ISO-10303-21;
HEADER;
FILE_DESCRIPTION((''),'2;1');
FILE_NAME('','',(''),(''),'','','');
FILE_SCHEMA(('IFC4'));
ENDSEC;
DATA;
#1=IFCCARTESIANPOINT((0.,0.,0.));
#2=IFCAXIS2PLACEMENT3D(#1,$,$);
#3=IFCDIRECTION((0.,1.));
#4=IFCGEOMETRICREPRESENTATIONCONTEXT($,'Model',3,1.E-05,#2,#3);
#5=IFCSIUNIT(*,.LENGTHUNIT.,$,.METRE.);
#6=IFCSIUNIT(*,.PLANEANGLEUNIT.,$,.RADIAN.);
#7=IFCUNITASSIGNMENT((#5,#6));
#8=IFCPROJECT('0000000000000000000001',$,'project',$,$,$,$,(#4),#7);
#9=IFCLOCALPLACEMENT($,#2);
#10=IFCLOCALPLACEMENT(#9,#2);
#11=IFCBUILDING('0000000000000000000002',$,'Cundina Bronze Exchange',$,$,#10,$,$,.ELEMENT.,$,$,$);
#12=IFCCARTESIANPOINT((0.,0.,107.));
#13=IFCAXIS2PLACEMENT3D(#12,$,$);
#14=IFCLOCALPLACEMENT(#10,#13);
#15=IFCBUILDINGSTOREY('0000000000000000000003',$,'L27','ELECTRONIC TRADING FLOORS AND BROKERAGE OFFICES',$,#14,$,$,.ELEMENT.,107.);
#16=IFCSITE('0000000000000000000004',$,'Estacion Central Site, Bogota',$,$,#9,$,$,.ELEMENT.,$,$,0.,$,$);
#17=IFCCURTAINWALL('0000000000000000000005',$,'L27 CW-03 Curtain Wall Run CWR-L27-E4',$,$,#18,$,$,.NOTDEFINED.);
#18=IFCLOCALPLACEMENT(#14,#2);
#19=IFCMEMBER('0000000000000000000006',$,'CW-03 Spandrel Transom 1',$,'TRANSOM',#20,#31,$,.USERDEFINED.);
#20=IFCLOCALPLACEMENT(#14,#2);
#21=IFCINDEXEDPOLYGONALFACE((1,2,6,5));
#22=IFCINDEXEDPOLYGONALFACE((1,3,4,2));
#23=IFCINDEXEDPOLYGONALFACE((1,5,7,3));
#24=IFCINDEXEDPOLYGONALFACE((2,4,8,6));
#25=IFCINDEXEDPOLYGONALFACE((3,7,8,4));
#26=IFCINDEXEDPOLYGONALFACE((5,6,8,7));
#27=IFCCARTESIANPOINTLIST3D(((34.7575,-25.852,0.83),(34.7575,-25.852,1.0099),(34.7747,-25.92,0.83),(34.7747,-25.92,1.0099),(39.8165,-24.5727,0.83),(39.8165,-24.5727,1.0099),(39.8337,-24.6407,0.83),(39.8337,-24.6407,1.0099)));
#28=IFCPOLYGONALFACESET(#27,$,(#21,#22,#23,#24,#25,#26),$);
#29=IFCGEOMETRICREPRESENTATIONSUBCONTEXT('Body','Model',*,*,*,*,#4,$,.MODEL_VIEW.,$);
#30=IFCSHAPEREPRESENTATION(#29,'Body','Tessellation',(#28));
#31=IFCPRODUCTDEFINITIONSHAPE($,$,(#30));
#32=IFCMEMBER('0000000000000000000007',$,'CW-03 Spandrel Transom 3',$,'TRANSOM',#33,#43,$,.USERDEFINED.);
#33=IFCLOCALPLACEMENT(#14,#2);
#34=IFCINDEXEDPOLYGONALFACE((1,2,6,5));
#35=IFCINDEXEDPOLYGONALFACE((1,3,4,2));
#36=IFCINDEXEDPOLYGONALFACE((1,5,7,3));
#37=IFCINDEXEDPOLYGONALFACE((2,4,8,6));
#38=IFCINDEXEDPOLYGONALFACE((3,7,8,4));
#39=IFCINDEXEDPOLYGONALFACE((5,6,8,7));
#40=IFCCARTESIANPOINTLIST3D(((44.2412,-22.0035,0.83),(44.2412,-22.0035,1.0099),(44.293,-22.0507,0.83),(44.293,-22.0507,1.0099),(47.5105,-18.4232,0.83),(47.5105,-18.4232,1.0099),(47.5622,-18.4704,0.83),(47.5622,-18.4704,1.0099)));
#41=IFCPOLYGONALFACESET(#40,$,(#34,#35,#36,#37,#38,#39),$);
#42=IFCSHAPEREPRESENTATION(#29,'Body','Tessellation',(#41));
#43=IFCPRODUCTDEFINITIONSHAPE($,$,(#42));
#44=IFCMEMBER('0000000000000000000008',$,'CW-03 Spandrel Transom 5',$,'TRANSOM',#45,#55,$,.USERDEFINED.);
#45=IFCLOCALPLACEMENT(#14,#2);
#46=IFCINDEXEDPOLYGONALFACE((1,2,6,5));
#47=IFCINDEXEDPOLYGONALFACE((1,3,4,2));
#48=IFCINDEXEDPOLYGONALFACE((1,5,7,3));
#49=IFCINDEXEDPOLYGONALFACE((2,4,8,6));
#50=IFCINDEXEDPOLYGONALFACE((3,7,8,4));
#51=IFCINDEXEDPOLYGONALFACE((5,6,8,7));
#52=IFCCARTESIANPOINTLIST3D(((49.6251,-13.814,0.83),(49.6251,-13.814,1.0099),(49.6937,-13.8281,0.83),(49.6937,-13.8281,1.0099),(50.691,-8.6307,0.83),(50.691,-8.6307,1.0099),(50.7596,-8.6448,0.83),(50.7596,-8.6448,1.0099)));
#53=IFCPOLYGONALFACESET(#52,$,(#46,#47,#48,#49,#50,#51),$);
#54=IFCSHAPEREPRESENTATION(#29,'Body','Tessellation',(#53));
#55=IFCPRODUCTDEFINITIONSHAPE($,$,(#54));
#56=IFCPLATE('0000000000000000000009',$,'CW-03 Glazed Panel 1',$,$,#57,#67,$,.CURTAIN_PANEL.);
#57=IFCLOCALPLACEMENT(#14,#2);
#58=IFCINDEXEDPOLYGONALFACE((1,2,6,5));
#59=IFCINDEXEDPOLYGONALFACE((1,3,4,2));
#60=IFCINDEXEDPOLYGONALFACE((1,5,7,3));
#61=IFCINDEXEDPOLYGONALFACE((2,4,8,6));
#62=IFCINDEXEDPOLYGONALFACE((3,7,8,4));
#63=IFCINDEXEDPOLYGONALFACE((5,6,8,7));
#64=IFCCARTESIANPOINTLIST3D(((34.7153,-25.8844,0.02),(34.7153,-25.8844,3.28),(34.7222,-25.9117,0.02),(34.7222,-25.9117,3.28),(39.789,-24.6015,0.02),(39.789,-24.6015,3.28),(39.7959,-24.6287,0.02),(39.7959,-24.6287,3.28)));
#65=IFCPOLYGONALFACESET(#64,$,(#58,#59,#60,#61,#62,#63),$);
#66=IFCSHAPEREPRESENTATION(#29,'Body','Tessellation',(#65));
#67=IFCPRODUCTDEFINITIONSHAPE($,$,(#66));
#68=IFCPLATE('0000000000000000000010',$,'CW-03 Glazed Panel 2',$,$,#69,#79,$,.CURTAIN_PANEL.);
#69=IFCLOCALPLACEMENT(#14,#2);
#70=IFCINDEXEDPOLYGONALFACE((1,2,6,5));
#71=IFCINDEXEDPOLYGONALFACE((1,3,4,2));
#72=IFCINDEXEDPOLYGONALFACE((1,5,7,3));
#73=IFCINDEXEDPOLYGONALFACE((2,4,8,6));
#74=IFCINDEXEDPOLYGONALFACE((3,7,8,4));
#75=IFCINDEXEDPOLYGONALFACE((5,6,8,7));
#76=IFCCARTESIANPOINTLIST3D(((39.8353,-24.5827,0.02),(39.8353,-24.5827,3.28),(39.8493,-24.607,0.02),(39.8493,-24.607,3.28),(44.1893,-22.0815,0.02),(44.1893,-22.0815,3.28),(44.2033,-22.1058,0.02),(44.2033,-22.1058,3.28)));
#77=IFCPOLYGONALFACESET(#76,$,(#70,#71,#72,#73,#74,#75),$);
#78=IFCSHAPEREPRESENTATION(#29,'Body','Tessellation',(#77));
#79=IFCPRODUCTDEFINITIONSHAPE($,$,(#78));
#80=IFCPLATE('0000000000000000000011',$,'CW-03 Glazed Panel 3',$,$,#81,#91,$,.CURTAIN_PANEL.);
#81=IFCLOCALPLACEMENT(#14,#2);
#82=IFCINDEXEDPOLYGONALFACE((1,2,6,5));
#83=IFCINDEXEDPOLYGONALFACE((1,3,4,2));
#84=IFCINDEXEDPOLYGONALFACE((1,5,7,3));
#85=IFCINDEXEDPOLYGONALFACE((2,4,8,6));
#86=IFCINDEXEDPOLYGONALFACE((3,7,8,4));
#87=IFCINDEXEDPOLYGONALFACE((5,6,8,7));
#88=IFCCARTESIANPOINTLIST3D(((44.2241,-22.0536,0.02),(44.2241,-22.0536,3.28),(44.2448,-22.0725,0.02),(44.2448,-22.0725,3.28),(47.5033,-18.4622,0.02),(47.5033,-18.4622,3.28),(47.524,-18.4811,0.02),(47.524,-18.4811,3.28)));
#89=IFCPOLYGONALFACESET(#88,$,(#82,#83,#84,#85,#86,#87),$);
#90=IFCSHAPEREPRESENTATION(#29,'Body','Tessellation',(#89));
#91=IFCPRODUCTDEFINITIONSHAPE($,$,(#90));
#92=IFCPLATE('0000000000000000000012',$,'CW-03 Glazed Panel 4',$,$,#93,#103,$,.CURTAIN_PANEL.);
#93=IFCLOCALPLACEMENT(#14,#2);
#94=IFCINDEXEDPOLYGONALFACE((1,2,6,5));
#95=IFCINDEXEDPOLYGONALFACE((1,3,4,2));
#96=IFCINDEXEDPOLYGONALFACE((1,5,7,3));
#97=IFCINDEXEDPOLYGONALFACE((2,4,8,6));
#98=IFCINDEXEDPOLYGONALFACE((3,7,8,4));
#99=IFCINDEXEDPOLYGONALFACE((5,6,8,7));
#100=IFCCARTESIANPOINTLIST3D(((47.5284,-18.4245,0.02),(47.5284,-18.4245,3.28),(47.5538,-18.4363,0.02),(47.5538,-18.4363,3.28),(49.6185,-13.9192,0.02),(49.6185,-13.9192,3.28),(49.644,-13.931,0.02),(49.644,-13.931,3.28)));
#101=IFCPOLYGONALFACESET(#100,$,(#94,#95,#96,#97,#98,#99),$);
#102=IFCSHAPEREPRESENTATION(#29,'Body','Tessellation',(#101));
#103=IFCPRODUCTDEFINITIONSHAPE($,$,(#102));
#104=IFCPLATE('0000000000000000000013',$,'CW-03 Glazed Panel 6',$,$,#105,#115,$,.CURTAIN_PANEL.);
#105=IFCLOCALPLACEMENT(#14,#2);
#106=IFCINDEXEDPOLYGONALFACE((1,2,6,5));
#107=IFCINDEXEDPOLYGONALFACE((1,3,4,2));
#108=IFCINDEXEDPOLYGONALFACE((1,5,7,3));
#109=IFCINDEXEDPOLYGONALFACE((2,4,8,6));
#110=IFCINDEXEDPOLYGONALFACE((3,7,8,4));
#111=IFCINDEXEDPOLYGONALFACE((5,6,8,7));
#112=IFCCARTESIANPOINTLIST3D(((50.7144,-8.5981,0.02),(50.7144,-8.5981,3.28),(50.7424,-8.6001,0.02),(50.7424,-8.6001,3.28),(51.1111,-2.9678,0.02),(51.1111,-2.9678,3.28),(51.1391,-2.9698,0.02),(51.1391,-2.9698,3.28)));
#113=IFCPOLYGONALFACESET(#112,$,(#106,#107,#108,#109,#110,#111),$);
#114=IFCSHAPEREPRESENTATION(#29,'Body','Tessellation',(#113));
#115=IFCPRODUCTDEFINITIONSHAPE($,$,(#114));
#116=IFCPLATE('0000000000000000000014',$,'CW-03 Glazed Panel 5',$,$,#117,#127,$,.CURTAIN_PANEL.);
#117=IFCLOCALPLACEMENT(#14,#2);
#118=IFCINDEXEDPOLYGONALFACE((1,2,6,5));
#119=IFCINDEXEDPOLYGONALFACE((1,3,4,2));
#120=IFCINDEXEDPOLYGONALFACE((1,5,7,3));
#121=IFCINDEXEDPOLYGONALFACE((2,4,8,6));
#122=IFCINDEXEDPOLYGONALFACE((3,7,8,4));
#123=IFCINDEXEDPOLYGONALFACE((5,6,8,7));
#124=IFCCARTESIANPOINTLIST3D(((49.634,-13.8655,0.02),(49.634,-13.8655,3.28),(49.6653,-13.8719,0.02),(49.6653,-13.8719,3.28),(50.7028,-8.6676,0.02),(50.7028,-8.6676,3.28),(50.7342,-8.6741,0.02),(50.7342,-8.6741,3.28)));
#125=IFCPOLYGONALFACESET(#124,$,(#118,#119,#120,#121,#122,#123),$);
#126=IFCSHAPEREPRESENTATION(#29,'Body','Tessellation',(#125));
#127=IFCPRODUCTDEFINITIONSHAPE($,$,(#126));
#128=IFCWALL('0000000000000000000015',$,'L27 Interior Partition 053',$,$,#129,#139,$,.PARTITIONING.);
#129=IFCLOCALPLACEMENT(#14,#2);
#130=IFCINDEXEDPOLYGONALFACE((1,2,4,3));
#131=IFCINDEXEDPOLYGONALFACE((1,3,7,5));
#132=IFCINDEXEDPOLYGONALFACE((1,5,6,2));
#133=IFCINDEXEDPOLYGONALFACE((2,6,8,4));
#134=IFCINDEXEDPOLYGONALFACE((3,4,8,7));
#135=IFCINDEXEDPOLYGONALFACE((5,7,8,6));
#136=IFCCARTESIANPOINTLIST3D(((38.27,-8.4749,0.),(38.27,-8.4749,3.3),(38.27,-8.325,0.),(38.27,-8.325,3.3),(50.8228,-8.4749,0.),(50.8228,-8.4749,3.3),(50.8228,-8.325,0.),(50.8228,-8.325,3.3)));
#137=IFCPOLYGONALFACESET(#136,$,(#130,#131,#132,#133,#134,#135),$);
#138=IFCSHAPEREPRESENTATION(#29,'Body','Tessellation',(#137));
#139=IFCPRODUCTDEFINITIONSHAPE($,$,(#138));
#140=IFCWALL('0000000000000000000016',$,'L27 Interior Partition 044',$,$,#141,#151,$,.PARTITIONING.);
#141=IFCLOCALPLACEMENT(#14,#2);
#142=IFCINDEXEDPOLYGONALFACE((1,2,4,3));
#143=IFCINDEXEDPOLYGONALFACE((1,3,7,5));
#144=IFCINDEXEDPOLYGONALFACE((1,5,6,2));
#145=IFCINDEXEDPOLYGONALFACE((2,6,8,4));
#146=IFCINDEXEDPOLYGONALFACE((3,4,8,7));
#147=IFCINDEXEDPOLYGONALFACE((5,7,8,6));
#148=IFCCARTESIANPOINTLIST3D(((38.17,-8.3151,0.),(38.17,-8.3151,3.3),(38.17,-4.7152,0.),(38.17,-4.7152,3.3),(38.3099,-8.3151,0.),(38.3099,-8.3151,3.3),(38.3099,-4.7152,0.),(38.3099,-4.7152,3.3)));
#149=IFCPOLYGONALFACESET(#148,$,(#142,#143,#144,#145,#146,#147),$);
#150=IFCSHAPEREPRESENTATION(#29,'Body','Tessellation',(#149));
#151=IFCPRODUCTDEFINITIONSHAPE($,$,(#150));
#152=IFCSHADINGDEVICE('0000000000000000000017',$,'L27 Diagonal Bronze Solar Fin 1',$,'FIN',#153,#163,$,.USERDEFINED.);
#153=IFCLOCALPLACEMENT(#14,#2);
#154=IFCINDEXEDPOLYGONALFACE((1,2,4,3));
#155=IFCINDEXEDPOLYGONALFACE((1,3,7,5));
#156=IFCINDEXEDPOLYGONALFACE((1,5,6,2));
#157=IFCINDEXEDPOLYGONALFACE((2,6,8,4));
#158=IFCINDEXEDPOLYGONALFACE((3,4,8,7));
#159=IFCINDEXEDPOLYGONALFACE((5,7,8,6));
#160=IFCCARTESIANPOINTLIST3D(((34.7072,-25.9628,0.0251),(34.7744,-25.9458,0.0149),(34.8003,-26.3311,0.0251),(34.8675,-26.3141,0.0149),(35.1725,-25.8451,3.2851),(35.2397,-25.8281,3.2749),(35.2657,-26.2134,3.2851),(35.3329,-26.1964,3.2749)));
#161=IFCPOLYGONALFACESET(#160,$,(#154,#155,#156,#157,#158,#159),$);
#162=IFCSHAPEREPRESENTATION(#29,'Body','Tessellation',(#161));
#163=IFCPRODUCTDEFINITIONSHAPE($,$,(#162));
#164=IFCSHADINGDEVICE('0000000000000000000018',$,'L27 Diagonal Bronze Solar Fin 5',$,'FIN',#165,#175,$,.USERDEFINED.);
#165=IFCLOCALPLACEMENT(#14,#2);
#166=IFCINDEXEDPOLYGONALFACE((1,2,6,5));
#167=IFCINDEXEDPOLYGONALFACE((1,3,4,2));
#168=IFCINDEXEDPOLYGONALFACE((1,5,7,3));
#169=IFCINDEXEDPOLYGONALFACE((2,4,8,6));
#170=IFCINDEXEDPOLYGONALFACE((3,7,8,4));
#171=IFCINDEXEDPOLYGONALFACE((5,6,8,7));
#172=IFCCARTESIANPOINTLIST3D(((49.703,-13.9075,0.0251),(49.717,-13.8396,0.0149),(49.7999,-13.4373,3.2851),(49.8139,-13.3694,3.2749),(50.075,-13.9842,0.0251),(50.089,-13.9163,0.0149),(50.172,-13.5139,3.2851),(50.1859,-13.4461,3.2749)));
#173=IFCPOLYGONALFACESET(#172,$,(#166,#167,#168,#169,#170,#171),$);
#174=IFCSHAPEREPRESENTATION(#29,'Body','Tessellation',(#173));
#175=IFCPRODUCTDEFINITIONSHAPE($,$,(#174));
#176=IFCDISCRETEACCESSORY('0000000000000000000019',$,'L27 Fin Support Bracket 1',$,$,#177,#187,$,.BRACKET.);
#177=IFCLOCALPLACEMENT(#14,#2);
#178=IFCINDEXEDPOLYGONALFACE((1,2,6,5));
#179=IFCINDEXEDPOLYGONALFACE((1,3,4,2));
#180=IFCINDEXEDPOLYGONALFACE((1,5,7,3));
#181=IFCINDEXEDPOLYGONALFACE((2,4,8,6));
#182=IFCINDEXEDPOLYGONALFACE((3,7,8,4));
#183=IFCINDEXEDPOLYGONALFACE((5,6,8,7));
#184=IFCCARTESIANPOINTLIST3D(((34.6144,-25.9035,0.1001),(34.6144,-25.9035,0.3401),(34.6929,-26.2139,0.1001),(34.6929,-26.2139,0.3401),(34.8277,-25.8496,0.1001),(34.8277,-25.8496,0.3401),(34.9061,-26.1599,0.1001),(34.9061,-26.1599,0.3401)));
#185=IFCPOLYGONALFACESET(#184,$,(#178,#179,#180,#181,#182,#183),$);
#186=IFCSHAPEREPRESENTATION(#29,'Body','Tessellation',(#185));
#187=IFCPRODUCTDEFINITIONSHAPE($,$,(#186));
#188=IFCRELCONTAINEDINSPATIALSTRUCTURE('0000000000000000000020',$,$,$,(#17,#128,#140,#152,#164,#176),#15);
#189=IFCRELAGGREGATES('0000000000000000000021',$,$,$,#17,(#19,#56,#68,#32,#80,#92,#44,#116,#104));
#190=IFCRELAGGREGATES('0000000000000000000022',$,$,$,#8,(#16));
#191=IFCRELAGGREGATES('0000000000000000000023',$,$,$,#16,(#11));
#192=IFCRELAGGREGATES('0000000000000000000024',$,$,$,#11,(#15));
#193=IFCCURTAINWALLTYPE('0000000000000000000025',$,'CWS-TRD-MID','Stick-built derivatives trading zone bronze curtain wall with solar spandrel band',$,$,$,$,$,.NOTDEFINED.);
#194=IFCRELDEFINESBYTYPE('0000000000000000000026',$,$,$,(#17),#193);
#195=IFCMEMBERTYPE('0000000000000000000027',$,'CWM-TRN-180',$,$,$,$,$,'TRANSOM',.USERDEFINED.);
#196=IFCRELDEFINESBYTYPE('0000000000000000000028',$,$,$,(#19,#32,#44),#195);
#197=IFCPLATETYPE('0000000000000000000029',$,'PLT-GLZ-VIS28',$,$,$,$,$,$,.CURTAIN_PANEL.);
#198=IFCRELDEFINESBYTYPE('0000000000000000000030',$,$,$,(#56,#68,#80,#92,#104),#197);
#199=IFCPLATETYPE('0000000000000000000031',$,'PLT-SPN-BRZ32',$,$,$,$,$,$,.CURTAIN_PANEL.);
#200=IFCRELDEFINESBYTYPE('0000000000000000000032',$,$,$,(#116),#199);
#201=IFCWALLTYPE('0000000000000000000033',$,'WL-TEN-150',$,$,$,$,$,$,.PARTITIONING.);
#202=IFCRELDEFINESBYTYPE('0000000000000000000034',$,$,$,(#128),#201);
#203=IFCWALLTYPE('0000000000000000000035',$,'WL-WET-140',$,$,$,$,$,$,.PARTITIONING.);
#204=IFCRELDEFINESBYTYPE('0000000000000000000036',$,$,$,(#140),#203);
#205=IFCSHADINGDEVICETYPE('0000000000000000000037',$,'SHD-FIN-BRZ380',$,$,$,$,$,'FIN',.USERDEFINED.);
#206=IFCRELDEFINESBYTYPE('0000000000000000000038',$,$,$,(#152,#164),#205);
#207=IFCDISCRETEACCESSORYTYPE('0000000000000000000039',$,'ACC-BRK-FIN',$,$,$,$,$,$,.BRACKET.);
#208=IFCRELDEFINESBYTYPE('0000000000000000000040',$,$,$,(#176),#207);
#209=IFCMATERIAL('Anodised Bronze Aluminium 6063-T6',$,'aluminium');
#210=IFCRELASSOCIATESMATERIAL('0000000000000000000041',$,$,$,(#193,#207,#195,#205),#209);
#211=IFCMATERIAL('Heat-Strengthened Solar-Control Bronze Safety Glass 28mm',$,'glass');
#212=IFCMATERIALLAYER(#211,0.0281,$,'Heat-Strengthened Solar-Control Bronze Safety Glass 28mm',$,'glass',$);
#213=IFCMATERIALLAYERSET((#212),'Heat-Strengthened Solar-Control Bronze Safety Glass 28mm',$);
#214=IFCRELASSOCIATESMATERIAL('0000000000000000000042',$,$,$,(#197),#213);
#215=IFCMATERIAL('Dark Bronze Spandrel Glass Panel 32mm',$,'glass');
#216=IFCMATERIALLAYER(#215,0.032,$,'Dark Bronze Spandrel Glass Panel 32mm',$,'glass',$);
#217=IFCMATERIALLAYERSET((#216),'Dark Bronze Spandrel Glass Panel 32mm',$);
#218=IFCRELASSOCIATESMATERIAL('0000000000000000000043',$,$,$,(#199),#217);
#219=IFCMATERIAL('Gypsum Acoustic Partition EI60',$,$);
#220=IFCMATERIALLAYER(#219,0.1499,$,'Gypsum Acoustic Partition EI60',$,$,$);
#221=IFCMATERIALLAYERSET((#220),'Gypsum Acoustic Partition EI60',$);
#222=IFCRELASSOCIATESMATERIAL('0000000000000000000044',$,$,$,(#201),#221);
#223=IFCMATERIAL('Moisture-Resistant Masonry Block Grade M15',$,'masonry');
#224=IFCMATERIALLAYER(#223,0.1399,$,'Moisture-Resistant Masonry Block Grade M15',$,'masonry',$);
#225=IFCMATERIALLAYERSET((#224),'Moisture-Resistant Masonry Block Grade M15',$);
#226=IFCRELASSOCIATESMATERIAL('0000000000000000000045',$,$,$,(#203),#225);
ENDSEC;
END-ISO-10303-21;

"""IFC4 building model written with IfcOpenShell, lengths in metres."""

from ifc_helpers import new_model, si_unit, direction, frame, frame_2d, origin, origin_2d, place, context, subcontext, project, spatial, rectangle, extrude, material, layer, layer_set, material_profile, profile_set, type_object, element, aggregate, save


model = new_model("IFC4")

# Units and contexts
model_context = context("Model", 3, precision=1e-05, world=origin(), true_north=direction((0.0, 1.0)))
body_context = subcontext(model_context, "Body", "Model", "MODEL_VIEW")
ifc_project = project(units=[si_unit("LENGTHUNIT", "METRE"), si_unit("PLANEANGLEUNIT", "RADIAN")], contexts=[model_context])

# Site, building, storey
site_placement = place(None, origin())
site = spatial("IfcSite", under=ifc_project, at=site_placement, Name="Estacion Central Site, Bogota", CompositionType="ELEMENT", RefElevation=0.0)
building_placement = place(site_placement, origin())
building = spatial("IfcBuilding", under=site, at=building_placement, Name="Cundina Bronze Exchange", CompositionType="ELEMENT")
storey_placement = place(building_placement, frame((0.0, 0.0, 107.0)))
storey = spatial("IfcBuildingStorey", under=building, at=storey_placement, Name="L27", Description="ELECTRONIC TRADING FLOORS AND BROKERAGE OFFICES", CompositionType="ELEMENT", Elevation=107.0)

# Shared definitions
ifc_material_1 = material(Name="Anodised Bronze Aluminium 6063-T6", Category="aluminium")
curtain_wall_type = type_object("IfcCurtainWallType", Name="CWS-TRD-MID", Description="Stick-built derivatives trading zone bronze curtain wall with solar spandrel band", PredefinedType="NOTDEFINED", material=ifc_material_1)

# Curtain wall, members, plates
curtain_wall_1_placement = place(storey_placement, origin())
curtain_wall_1 = element("IfcCurtainWall", 1, at=curtain_wall_1_placement, inside=storey, type_object=curtain_wall_type, Name="L27 CW-03 Curtain Wall Run CWR-L27-E4", PredefinedType="NOTDEFINED")
ifc_material_profile_1 = material_profile(ifc_material_1, rectangle(XDim=0.0701, YDim=0.1799, at=origin_2d()), Name="AL70X180", Category="aluminium")
ifc_profile_set_1 = profile_set([ifc_material_profile_1], Name="Anodised Bronze Aluminium 6063-T6")
member_type_1 = type_object("IfcMemberType", Name="CWM-TRN-180", ElementType="TRANSOM", PredefinedType="USERDEFINED", material=ifc_profile_set_1)
member_1_placement = place(storey_placement, frame((34.7661, -25.886, 0.9199), z_axis=(0.969484, 0.245155, 0.0), x_axis=(-0.245155, 0.969484, 0.0)))
member_1 = element("IfcMember", 2, at=member_1_placement, type_object=member_type_1, Name="CW-03 Spandrel Transom 1", ObjectType="TRANSOM", PredefinedType="USERDEFINED", context=body_context, shape_type="SweptSolid", body=[
    extrude(rectangle(XDim=0.0701, YDim=0.1799, at=origin_2d()), origin(), (0.0, 0.0, 1.0), 5.2183),
])
member_2_placement = place(storey_placement, frame((44.2671, -22.0271, 0.9199), z_axis=(0.674303, 0.738455, 0.0), x_axis=(-0.738455, 0.674303, 0.0)))
member_2 = element("IfcMember", 3, at=member_2_placement, type_object=member_type_1, Name="CW-03 Spandrel Transom 3", ObjectType="TRANSOM", PredefinedType="USERDEFINED", context=body_context, shape_type="SweptSolid", body=[
    extrude(rectangle(XDim=0.0701, YDim=0.1799, at=origin_2d()), origin(), (0.0, 0.0, 1.0), 4.8484),
])
member_3_placement = place(storey_placement, frame((49.6594, -13.821, 0.9199), z_axis=(0.201428, 0.979503, 0.0), x_axis=(-0.979503, 0.201428, 0.0)))
member_3 = element("IfcMember", 4, at=member_3_placement, type_object=member_type_1, Name="CW-03 Spandrel Transom 5", ObjectType="TRANSOM", PredefinedType="USERDEFINED", context=body_context, shape_type="SweptSolid", body=[
    extrude(rectangle(XDim=0.0701, YDim=0.1799, at=origin_2d()), origin(), (0.0, 0.0, 1.0), 5.2917),
])
ifc_material_2 = material(Name="Heat-Strengthened Solar-Control Bronze Safety Glass 28mm", Category="glass")
ifc_layer_1 = layer(ifc_material_2, 0.0281, Name="Heat-Strengthened Solar-Control Bronze Safety Glass 28mm", Category="glass")
ifc_layer_set_1 = layer_set([ifc_layer_1], Name="Heat-Strengthened Solar-Control Bronze Safety Glass 28mm")
plate_type_1 = type_object("IfcPlateType", Name="PLT-GLZ-VIS28", PredefinedType="CURTAIN_PANEL", material=ifc_layer_set_1)
plate_1_placement = place(storey_placement, frame((37.2556, -25.2566, 0.02), z_axis=(0.0, 0.0, 1.0), x_axis=(0.969488, 0.245138, 0.0)))
plate_1 = element("IfcPlate", 5, at=plate_1_placement, type_object=plate_type_1, Name="CW-03 Glazed Panel 1", PredefinedType="CURTAIN_PANEL", context=body_context, shape_type="SweptSolid", body=[
    extrude(rectangle(XDim=5.2334, YDim=0.0281, at=origin_2d()), origin(), (0.0, 0.0, 1.0), 3.26),
])
plate_2_placement = place(storey_placement, frame((42.0193, -23.3442, 0.02), z_axis=(0.0, 0.0, 1.0), x_axis=(0.867105, 0.498125, 0.0)))
plate_2 = element("IfcPlate", 6, at=plate_2_placement, type_object=plate_type_1, Name="CW-03 Glazed Panel 2", PredefinedType="CURTAIN_PANEL", context=body_context, shape_type="SweptSolid", body=[
    extrude(rectangle(XDim=5.0212, YDim=0.0281, at=origin_2d()), origin(), (0.0, 0.0, 1.0), 3.26),
])
plate_3_placement = place(storey_placement, frame((45.874, -20.2673, 0.02), z_axis=(0.0, 0.0, 1.0), x_axis=(0.674277, 0.738479, 0.0)))
plate_3 = element("IfcPlate", 7, at=plate_3_placement, type_object=plate_type_1, Name="CW-03 Glazed Panel 3", PredefinedType="CURTAIN_PANEL", context=body_context, shape_type="SweptSolid", body=[
    extrude(rectangle(XDim=4.8633, YDim=0.0281, at=origin_2d()), origin(), (0.0, 0.0, 1.0), 3.26),
])
plate_4_placement = place(storey_placement, frame((48.5862, -16.1777, 0.02), z_axis=(0.0, 0.0, 1.0), x_axis=(0.420846, 0.907132, 0.0)))
plate_4 = element("IfcPlate", 8, at=plate_4_placement, type_object=plate_type_1, Name="CW-03 Glazed Panel 4", PredefinedType="CURTAIN_PANEL", context=body_context, shape_type="SweptSolid", body=[
    extrude(rectangle(XDim=4.9666, YDim=0.0281, at=origin_2d()), origin(), (0.0, 0.0, 1.0), 3.26),
])
plate_5_placement = place(storey_placement, frame((50.9268, -5.7839, 0.02), z_axis=(0.0, 0.0, 1.0), x_axis=(0.070279, 0.997527, 0.0)))
plate_5 = element("IfcPlate", 9, at=plate_5_placement, type_object=plate_type_1, Name="CW-03 Glazed Panel 6", PredefinedType="CURTAIN_PANEL", context=body_context, shape_type="SweptSolid", body=[
    extrude(rectangle(XDim=5.6443, YDim=0.0281, at=origin_2d()), origin(), (0.0, 0.0, 1.0), 3.26),
])
ifc_material_3 = material(Name="Dark Bronze Spandrel Glass Panel 32mm", Category="glass")
ifc_layer_2 = layer(ifc_material_3, 0.032, Name="Dark Bronze Spandrel Glass Panel 32mm", Category="glass")
ifc_layer_set_2 = layer_set([ifc_layer_2], Name="Dark Bronze Spandrel Glass Panel 32mm")
plate_type_2 = type_object("IfcPlateType", Name="PLT-SPN-BRZ32", PredefinedType="CURTAIN_PANEL", material=ifc_layer_set_2)
plate_6_placement = place(storey_placement, frame((50.1841, -11.2698, 0.02), z_axis=(0.0, 0.0, 1.0), x_axis=(0.20142, 0.979505, 0.0)))
plate_6 = element("IfcPlate", 10, at=plate_6_placement, type_object=plate_type_2, Name="CW-03 Glazed Panel 5", PredefinedType="CURTAIN_PANEL", context=body_context, shape_type="SweptSolid", body=[
    extrude(rectangle(XDim=5.3066, YDim=0.032, at=origin_2d()), origin(), (0.0, 0.0, 1.0), 3.26),
])
aggregate(curtain_wall_1, [member_1, plate_1, plate_2, member_2, plate_3, plate_4, member_3, plate_6, plate_5])

# Walls
ifc_material_4 = material(Name="Gypsum Acoustic Partition EI60")
ifc_layer_3 = layer(ifc_material_4, 0.1499, Name="Gypsum Acoustic Partition EI60")
ifc_layer_set_3 = layer_set([ifc_layer_3], Name="Gypsum Acoustic Partition EI60")
wall_type_1 = type_object("IfcWallType", Name="WL-TEN-150", PredefinedType="PARTITIONING", material=ifc_layer_set_3)
wall_1_placement = place(storey_placement, frame((38.27, -8.3999, 0.0), z_axis=(0.0, 0.0, 1.0), x_axis=(1.0, 0.0, 0.0)))
element("IfcWall", 11, at=wall_1_placement, inside=storey, type_object=wall_type_1, Name="L27 Interior Partition 053", PredefinedType="PARTITIONING", context=body_context, shape_type="SweptSolid", body=[
    extrude(rectangle(XDim=12.5527, YDim=0.1499, at=frame_2d((6.2764, 0.0))), origin(), (0.0, 0.0, 1.0), 3.3),
])
ifc_material_5 = material(Name="Moisture-Resistant Masonry Block Grade M15", Category="masonry")
ifc_layer_4 = layer(ifc_material_5, 0.1399, Name="Moisture-Resistant Masonry Block Grade M15", Category="masonry")
ifc_layer_set_4 = layer_set([ifc_layer_4], Name="Moisture-Resistant Masonry Block Grade M15")
wall_type_2 = type_object("IfcWallType", Name="WL-WET-140", PredefinedType="PARTITIONING", material=ifc_layer_set_4)
wall_2_placement = place(storey_placement, frame((38.24, -8.3149, 0.0), z_axis=(0.0, 0.0, 1.0), x_axis=(0.0, 1.0, 0.0)))
element("IfcWall", 12, at=wall_2_placement, inside=storey, type_object=wall_type_2, Name="L27 Interior Partition 044", PredefinedType="PARTITIONING", context=body_context, shape_type="SweptSolid", body=[
    extrude(rectangle(XDim=3.5999, YDim=0.1399, at=frame_2d((1.7998, 0.0))), origin(), (0.0, 0.0, 1.0), 3.3),
])

# Shading devices
ifc_material_profile_2 = material_profile(ifc_material_1, rectangle(XDim=0.0701, YDim=0.3799, at=origin_2d()), Name="FIN70X380", Category="aluminium")
ifc_profile_set_2 = profile_set([ifc_material_profile_2], Name="Anodised Bronze Aluminium 6063-T6")
shading_device_type = type_object("IfcShadingDeviceType", Name="SHD-FIN-BRZ380", ElementType="FIN", PredefinedType="USERDEFINED", material=ifc_profile_set_2)
for number, where, z_axis, x_axis, name in (
    (13, (34.7874, -26.1384, 0.02), (0.141217, 0.035712, 0.989334), (-0.959141, -0.242553, 0.145663), "L27 Diagonal Bronze Solar Fin 1"),
    (14, (49.896, -13.9119, 0.02), (0.029414, 0.142698, 0.989329), (-0.199728, -0.968959, 0.145698), "L27 Diagonal Bronze Solar Fin 5"),
):
    element("IfcShadingDevice", number, at=place(storey_placement, frame(where, z_axis=z_axis, x_axis=x_axis)), inside=storey, type_object=shading_device_type, Name=name, ObjectType="FIN", PredefinedType="USERDEFINED", context=body_context, shape_type="SweptSolid", body=[
        extrude(rectangle(XDim=0.0701, YDim=0.3799, at=origin_2d()), origin(), (0.0, 0.0, 1.0), 3.2952),
    ])

# Discrete accessory
discrete_accessory_type = type_object("IfcDiscreteAccessoryType", Name="ACC-BRK-FIN", PredefinedType="BRACKET", material=ifc_material_1)
for number, where, z_axis, x_axis, name in (
    (15, (34.7603, -26.0317, 0.1001), (0.0, 0.0, 1.0), (0.969488, 0.245138, 0.0), "L27 Fin Support Bracket 1"),
):
    element("IfcDiscreteAccessory", number, at=place(storey_placement, frame(where, z_axis=z_axis, x_axis=x_axis)), inside=storey, type_object=discrete_accessory_type, Name=name, PredefinedType="BRACKET", context=body_context, shape_type="SweptSolid", body=[
        extrude(rectangle(XDim=0.22, YDim=0.3201, at=origin_2d()), origin(), (0.0, 0.0, 1.0), 0.24),
    ])

save(model, "model.ifc")
